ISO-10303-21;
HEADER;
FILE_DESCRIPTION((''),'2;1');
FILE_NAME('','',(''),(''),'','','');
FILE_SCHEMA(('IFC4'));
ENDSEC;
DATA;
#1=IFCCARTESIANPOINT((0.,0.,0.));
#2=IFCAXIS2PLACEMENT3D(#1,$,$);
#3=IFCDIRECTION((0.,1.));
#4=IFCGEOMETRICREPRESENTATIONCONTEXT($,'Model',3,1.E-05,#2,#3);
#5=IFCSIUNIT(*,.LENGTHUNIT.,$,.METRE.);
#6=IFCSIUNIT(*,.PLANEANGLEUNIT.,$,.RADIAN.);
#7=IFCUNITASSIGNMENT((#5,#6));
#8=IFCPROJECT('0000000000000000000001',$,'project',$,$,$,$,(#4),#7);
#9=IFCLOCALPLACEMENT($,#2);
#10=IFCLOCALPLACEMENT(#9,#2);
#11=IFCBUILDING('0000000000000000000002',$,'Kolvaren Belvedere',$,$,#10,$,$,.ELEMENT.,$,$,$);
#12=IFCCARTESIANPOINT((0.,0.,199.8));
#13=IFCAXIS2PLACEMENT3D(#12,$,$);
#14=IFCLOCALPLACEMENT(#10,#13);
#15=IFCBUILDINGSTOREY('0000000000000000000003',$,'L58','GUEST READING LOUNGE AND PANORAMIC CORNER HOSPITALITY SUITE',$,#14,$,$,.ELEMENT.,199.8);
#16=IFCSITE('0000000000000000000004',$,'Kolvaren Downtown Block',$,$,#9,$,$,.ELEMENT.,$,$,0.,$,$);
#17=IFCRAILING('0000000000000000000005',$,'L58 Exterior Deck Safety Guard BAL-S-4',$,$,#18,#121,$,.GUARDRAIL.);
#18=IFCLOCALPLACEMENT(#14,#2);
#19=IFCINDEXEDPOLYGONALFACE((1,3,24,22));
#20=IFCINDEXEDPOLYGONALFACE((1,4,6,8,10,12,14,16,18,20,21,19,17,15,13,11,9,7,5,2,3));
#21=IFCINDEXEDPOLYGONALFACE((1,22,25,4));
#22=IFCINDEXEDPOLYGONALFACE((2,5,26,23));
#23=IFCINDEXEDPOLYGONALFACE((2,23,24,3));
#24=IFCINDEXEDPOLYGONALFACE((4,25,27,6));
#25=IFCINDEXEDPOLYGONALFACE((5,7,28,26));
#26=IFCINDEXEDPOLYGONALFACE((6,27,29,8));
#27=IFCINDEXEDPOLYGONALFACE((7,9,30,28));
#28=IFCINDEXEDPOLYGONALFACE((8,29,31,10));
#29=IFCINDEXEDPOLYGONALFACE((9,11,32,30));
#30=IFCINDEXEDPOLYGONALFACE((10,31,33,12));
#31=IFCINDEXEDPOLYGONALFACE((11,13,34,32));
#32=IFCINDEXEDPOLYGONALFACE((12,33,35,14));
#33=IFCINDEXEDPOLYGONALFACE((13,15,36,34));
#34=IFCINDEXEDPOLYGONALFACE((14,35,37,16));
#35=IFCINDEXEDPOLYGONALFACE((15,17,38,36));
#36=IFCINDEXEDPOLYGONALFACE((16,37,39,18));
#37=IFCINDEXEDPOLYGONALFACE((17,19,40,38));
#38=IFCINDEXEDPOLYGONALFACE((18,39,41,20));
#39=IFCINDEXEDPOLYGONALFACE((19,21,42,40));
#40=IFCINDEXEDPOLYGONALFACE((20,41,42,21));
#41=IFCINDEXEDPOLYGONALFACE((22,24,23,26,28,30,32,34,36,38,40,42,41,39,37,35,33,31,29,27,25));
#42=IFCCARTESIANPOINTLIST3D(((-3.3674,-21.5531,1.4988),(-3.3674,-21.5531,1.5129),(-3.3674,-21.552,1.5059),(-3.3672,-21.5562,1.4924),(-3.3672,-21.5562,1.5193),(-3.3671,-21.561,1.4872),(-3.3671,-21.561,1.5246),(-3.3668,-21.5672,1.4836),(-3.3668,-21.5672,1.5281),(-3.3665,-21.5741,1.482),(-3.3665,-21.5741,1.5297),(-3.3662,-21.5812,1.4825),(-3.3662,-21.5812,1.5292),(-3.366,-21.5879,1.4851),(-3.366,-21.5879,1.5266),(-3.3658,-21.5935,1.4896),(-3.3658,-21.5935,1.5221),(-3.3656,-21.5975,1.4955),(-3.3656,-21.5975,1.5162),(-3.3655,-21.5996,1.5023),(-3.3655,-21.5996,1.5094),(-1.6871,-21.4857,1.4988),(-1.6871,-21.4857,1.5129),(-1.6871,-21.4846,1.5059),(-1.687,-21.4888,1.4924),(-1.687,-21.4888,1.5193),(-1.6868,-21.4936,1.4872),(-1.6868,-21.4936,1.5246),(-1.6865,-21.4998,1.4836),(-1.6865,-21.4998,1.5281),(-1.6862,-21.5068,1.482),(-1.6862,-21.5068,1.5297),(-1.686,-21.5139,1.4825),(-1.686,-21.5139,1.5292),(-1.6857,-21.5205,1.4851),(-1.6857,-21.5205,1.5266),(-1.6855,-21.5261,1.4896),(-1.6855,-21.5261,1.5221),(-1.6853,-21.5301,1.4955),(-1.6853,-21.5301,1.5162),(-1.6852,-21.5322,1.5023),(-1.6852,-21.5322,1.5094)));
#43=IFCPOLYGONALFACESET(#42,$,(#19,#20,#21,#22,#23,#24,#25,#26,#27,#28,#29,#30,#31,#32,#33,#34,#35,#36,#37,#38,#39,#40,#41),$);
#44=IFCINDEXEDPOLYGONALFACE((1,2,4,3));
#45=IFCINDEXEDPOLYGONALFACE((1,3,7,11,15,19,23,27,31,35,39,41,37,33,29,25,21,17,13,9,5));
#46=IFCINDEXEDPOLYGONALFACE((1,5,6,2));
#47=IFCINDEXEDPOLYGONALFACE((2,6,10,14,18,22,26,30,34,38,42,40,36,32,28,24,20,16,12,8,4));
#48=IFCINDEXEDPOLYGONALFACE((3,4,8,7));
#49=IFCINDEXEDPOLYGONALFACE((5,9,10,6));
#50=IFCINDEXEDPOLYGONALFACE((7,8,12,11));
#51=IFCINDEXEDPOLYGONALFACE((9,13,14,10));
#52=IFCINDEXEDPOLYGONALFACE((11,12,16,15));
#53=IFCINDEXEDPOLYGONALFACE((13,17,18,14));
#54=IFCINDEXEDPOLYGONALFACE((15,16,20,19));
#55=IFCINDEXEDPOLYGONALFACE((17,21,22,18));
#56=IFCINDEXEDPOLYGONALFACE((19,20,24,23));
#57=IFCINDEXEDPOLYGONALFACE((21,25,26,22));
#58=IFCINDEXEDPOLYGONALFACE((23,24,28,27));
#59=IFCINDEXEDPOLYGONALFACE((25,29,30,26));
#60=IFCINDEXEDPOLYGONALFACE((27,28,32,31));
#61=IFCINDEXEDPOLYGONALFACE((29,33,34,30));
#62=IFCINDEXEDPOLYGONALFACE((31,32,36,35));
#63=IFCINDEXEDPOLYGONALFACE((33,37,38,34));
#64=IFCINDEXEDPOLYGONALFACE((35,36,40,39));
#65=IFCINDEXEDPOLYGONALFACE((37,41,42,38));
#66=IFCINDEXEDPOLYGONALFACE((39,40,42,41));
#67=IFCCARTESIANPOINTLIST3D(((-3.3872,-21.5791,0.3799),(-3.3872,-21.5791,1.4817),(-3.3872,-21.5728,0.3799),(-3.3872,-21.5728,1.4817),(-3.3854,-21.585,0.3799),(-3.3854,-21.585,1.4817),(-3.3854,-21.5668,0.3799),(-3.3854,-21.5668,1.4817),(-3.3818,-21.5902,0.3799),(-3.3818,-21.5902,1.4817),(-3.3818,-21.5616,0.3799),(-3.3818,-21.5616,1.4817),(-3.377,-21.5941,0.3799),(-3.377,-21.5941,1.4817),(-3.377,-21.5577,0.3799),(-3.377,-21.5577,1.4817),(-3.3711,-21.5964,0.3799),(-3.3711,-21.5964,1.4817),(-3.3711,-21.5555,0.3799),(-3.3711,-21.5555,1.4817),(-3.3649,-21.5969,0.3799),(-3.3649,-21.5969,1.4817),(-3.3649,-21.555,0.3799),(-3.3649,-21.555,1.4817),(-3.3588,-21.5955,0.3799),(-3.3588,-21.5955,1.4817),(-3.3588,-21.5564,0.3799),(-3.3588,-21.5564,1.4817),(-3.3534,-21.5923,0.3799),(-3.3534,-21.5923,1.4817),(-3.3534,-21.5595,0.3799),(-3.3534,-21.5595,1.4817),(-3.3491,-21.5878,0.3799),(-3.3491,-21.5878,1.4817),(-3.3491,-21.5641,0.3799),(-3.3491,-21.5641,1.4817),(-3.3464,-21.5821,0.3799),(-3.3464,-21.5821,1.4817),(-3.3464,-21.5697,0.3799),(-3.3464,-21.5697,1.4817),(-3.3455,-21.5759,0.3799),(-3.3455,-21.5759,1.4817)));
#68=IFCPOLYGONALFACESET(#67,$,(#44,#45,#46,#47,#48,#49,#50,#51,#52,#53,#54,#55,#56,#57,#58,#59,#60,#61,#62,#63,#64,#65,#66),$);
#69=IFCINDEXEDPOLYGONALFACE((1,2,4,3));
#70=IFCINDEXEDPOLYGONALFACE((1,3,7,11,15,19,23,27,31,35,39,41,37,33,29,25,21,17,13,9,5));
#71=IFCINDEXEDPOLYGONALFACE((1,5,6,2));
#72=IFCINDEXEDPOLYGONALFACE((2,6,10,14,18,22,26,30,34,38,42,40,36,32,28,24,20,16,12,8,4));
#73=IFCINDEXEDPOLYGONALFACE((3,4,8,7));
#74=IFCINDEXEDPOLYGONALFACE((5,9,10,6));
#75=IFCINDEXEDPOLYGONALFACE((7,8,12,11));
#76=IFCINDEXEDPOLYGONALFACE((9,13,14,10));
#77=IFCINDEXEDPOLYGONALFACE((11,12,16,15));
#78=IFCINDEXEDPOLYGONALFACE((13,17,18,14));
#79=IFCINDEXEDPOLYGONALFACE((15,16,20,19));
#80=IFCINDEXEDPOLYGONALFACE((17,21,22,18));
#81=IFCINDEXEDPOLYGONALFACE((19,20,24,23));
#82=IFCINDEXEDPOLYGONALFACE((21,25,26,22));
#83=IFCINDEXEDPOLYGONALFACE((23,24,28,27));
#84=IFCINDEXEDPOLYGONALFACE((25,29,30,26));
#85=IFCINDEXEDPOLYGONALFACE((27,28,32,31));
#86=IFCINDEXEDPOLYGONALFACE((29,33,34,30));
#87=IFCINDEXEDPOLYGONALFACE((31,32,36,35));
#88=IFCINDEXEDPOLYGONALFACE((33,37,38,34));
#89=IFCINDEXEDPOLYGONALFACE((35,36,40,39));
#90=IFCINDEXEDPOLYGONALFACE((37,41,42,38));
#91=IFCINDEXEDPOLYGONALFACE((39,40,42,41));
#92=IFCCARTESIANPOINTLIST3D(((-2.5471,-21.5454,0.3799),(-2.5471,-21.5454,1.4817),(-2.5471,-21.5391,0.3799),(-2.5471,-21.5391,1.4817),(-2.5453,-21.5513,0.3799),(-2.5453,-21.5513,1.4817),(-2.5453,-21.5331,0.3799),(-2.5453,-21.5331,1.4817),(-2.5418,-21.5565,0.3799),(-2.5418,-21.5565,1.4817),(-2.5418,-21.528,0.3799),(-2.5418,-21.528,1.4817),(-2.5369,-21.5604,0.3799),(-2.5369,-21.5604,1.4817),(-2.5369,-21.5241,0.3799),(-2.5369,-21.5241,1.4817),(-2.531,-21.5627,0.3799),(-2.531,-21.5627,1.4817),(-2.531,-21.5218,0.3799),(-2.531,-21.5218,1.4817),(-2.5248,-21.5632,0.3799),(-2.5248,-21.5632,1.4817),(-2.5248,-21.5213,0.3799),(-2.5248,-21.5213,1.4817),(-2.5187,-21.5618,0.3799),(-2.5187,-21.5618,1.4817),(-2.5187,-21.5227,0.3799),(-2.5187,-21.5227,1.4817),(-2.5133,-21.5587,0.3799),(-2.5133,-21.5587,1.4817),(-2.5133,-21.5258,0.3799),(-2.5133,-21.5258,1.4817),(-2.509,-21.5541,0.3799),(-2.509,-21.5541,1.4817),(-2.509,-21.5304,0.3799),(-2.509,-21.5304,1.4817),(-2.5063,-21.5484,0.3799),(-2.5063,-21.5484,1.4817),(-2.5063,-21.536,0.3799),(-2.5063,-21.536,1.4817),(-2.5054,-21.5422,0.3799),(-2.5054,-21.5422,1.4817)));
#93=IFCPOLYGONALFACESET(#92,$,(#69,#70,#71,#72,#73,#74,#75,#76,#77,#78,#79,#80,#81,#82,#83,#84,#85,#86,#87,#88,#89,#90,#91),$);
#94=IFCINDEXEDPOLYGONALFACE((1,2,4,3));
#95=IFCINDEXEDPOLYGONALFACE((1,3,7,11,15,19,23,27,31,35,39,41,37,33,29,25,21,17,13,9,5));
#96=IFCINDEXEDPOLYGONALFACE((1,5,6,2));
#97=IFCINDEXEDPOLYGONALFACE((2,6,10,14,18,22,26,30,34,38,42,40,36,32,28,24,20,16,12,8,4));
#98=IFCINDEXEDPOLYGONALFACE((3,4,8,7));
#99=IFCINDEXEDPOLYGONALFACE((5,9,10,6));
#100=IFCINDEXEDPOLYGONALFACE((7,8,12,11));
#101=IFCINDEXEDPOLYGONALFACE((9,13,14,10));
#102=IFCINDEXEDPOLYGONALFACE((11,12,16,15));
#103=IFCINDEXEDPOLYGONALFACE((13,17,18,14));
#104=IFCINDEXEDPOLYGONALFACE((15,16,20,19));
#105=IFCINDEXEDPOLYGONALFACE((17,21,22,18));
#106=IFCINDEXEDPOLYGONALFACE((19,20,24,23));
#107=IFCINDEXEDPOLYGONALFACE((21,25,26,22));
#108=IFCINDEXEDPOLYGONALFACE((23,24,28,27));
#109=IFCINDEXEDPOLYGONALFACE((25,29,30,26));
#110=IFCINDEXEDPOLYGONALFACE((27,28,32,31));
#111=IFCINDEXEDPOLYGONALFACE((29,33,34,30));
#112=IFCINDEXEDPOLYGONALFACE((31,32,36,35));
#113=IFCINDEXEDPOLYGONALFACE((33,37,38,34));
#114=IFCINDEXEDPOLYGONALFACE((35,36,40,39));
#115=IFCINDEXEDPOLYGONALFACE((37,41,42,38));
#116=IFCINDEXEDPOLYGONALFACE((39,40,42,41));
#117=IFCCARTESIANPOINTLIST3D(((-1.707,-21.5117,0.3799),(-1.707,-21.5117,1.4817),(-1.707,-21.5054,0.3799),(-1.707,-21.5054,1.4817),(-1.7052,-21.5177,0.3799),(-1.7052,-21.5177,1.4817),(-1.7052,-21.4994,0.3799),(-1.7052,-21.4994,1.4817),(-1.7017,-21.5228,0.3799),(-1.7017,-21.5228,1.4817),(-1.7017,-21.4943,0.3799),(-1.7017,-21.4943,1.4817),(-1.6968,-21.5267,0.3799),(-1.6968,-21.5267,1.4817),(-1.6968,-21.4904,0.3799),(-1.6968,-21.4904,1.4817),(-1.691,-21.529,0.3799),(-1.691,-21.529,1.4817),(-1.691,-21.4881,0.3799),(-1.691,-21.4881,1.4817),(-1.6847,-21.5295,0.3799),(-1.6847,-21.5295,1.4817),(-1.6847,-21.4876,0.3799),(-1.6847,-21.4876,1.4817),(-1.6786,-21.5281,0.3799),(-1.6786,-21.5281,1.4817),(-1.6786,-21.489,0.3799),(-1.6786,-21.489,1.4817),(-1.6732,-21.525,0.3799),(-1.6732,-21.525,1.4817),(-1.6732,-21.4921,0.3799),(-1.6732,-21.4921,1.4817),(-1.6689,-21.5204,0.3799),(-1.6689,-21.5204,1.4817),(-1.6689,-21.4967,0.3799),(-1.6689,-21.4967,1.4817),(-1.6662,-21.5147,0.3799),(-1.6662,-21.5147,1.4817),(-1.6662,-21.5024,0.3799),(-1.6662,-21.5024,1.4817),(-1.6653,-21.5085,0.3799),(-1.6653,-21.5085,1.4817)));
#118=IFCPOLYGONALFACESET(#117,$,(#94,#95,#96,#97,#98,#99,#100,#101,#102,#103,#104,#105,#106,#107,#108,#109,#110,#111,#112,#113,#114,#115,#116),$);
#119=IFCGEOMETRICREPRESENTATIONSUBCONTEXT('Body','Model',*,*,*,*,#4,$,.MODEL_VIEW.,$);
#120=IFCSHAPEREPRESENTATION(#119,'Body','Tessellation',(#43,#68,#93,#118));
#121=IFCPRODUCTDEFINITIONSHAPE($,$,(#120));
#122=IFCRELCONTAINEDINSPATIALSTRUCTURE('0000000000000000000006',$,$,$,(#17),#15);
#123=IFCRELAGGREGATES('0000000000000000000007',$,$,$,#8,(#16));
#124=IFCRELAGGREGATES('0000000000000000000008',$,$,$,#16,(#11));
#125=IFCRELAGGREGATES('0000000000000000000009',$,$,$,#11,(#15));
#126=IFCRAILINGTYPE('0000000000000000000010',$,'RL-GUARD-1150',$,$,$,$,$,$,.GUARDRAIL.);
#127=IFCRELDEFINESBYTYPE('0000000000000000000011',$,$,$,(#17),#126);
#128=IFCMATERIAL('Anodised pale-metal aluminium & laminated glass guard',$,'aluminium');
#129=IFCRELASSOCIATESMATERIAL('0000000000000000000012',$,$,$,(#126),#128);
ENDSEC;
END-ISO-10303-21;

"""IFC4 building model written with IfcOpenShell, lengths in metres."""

from ifc_helpers import new_model, si_unit, direction, frame, origin, origin_2d, place, context, subcontext, project, spatial, circle, extrude, material, type_object, element, save


model = new_model("IFC4")

# Units and contexts
model_context = context("Model", 3, precision=1e-05, world=origin(), true_north=direction((0.0, 1.0)))
body_context = subcontext(model_context, "Body", "Model", "MODEL_VIEW")
ifc_project = project(units=[si_unit("LENGTHUNIT", "METRE"), si_unit("PLANEANGLEUNIT", "RADIAN")], contexts=[model_context])

# Site, building, storey
site_placement = place(None, origin())
site = spatial("IfcSite", under=ifc_project, at=site_placement, Name="Kolvaren Downtown Block", CompositionType="ELEMENT", RefElevation=0.0)
building_placement = place(site_placement, origin())
building = spatial("IfcBuilding", under=site, at=building_placement, Name="Kolvaren Belvedere", CompositionType="ELEMENT")
storey_placement = place(building_placement, frame((0.0, 0.0, 199.8)))
storey = spatial("IfcBuildingStorey", under=building, at=storey_placement, Name="L58", Description="GUEST READING LOUNGE AND PANORAMIC CORNER HOSPITALITY SUITE", CompositionType="ELEMENT", Elevation=199.8)

# Railing
ifc_material_1 = material(Name="Anodised pale-metal aluminium & laminated glass guard", Category="aluminium")
railing_type = type_object("IfcRailingType", Name="RL-GUARD-1150", PredefinedType="GUARDRAIL", material=ifc_material_1)
railing_1_placement = place(storey_placement, frame((-3.3665, -21.5759, 0.3799)))
element("IfcRailing", 1, at=railing_1_placement, inside=storey, type_object=railing_type, Name="L58 Exterior Deck Safety Guard BAL-S-4", PredefinedType="GUARDRAIL", context=body_context, shape_type="SweptSolid", body=[
    extrude(circle(Radius=0.0239, at=origin_2d()), frame((0.0, 0.0, 1.126), z_axis=(0.999197, 0.040072, 0.0), x_axis=(-0.040072, 0.999197, 0.0)), (0.0, 0.0, 1.0), 1.6816),
    extrude(circle(Radius=0.021, at=origin_2d()), origin(), (0.0, 0.0, 1.0), 1.1018),
    extrude(circle(Radius=0.021, at=origin_2d()), frame((0.8401, 0.0337, 0.0)), (0.0, 0.0, 1.0), 1.1018),
    extrude(circle(Radius=0.021, at=origin_2d()), frame((1.6802, 0.0674, 0.0)), (0.0, 0.0, 1.0), 1.1018),
])

save(model, "model.ifc")
